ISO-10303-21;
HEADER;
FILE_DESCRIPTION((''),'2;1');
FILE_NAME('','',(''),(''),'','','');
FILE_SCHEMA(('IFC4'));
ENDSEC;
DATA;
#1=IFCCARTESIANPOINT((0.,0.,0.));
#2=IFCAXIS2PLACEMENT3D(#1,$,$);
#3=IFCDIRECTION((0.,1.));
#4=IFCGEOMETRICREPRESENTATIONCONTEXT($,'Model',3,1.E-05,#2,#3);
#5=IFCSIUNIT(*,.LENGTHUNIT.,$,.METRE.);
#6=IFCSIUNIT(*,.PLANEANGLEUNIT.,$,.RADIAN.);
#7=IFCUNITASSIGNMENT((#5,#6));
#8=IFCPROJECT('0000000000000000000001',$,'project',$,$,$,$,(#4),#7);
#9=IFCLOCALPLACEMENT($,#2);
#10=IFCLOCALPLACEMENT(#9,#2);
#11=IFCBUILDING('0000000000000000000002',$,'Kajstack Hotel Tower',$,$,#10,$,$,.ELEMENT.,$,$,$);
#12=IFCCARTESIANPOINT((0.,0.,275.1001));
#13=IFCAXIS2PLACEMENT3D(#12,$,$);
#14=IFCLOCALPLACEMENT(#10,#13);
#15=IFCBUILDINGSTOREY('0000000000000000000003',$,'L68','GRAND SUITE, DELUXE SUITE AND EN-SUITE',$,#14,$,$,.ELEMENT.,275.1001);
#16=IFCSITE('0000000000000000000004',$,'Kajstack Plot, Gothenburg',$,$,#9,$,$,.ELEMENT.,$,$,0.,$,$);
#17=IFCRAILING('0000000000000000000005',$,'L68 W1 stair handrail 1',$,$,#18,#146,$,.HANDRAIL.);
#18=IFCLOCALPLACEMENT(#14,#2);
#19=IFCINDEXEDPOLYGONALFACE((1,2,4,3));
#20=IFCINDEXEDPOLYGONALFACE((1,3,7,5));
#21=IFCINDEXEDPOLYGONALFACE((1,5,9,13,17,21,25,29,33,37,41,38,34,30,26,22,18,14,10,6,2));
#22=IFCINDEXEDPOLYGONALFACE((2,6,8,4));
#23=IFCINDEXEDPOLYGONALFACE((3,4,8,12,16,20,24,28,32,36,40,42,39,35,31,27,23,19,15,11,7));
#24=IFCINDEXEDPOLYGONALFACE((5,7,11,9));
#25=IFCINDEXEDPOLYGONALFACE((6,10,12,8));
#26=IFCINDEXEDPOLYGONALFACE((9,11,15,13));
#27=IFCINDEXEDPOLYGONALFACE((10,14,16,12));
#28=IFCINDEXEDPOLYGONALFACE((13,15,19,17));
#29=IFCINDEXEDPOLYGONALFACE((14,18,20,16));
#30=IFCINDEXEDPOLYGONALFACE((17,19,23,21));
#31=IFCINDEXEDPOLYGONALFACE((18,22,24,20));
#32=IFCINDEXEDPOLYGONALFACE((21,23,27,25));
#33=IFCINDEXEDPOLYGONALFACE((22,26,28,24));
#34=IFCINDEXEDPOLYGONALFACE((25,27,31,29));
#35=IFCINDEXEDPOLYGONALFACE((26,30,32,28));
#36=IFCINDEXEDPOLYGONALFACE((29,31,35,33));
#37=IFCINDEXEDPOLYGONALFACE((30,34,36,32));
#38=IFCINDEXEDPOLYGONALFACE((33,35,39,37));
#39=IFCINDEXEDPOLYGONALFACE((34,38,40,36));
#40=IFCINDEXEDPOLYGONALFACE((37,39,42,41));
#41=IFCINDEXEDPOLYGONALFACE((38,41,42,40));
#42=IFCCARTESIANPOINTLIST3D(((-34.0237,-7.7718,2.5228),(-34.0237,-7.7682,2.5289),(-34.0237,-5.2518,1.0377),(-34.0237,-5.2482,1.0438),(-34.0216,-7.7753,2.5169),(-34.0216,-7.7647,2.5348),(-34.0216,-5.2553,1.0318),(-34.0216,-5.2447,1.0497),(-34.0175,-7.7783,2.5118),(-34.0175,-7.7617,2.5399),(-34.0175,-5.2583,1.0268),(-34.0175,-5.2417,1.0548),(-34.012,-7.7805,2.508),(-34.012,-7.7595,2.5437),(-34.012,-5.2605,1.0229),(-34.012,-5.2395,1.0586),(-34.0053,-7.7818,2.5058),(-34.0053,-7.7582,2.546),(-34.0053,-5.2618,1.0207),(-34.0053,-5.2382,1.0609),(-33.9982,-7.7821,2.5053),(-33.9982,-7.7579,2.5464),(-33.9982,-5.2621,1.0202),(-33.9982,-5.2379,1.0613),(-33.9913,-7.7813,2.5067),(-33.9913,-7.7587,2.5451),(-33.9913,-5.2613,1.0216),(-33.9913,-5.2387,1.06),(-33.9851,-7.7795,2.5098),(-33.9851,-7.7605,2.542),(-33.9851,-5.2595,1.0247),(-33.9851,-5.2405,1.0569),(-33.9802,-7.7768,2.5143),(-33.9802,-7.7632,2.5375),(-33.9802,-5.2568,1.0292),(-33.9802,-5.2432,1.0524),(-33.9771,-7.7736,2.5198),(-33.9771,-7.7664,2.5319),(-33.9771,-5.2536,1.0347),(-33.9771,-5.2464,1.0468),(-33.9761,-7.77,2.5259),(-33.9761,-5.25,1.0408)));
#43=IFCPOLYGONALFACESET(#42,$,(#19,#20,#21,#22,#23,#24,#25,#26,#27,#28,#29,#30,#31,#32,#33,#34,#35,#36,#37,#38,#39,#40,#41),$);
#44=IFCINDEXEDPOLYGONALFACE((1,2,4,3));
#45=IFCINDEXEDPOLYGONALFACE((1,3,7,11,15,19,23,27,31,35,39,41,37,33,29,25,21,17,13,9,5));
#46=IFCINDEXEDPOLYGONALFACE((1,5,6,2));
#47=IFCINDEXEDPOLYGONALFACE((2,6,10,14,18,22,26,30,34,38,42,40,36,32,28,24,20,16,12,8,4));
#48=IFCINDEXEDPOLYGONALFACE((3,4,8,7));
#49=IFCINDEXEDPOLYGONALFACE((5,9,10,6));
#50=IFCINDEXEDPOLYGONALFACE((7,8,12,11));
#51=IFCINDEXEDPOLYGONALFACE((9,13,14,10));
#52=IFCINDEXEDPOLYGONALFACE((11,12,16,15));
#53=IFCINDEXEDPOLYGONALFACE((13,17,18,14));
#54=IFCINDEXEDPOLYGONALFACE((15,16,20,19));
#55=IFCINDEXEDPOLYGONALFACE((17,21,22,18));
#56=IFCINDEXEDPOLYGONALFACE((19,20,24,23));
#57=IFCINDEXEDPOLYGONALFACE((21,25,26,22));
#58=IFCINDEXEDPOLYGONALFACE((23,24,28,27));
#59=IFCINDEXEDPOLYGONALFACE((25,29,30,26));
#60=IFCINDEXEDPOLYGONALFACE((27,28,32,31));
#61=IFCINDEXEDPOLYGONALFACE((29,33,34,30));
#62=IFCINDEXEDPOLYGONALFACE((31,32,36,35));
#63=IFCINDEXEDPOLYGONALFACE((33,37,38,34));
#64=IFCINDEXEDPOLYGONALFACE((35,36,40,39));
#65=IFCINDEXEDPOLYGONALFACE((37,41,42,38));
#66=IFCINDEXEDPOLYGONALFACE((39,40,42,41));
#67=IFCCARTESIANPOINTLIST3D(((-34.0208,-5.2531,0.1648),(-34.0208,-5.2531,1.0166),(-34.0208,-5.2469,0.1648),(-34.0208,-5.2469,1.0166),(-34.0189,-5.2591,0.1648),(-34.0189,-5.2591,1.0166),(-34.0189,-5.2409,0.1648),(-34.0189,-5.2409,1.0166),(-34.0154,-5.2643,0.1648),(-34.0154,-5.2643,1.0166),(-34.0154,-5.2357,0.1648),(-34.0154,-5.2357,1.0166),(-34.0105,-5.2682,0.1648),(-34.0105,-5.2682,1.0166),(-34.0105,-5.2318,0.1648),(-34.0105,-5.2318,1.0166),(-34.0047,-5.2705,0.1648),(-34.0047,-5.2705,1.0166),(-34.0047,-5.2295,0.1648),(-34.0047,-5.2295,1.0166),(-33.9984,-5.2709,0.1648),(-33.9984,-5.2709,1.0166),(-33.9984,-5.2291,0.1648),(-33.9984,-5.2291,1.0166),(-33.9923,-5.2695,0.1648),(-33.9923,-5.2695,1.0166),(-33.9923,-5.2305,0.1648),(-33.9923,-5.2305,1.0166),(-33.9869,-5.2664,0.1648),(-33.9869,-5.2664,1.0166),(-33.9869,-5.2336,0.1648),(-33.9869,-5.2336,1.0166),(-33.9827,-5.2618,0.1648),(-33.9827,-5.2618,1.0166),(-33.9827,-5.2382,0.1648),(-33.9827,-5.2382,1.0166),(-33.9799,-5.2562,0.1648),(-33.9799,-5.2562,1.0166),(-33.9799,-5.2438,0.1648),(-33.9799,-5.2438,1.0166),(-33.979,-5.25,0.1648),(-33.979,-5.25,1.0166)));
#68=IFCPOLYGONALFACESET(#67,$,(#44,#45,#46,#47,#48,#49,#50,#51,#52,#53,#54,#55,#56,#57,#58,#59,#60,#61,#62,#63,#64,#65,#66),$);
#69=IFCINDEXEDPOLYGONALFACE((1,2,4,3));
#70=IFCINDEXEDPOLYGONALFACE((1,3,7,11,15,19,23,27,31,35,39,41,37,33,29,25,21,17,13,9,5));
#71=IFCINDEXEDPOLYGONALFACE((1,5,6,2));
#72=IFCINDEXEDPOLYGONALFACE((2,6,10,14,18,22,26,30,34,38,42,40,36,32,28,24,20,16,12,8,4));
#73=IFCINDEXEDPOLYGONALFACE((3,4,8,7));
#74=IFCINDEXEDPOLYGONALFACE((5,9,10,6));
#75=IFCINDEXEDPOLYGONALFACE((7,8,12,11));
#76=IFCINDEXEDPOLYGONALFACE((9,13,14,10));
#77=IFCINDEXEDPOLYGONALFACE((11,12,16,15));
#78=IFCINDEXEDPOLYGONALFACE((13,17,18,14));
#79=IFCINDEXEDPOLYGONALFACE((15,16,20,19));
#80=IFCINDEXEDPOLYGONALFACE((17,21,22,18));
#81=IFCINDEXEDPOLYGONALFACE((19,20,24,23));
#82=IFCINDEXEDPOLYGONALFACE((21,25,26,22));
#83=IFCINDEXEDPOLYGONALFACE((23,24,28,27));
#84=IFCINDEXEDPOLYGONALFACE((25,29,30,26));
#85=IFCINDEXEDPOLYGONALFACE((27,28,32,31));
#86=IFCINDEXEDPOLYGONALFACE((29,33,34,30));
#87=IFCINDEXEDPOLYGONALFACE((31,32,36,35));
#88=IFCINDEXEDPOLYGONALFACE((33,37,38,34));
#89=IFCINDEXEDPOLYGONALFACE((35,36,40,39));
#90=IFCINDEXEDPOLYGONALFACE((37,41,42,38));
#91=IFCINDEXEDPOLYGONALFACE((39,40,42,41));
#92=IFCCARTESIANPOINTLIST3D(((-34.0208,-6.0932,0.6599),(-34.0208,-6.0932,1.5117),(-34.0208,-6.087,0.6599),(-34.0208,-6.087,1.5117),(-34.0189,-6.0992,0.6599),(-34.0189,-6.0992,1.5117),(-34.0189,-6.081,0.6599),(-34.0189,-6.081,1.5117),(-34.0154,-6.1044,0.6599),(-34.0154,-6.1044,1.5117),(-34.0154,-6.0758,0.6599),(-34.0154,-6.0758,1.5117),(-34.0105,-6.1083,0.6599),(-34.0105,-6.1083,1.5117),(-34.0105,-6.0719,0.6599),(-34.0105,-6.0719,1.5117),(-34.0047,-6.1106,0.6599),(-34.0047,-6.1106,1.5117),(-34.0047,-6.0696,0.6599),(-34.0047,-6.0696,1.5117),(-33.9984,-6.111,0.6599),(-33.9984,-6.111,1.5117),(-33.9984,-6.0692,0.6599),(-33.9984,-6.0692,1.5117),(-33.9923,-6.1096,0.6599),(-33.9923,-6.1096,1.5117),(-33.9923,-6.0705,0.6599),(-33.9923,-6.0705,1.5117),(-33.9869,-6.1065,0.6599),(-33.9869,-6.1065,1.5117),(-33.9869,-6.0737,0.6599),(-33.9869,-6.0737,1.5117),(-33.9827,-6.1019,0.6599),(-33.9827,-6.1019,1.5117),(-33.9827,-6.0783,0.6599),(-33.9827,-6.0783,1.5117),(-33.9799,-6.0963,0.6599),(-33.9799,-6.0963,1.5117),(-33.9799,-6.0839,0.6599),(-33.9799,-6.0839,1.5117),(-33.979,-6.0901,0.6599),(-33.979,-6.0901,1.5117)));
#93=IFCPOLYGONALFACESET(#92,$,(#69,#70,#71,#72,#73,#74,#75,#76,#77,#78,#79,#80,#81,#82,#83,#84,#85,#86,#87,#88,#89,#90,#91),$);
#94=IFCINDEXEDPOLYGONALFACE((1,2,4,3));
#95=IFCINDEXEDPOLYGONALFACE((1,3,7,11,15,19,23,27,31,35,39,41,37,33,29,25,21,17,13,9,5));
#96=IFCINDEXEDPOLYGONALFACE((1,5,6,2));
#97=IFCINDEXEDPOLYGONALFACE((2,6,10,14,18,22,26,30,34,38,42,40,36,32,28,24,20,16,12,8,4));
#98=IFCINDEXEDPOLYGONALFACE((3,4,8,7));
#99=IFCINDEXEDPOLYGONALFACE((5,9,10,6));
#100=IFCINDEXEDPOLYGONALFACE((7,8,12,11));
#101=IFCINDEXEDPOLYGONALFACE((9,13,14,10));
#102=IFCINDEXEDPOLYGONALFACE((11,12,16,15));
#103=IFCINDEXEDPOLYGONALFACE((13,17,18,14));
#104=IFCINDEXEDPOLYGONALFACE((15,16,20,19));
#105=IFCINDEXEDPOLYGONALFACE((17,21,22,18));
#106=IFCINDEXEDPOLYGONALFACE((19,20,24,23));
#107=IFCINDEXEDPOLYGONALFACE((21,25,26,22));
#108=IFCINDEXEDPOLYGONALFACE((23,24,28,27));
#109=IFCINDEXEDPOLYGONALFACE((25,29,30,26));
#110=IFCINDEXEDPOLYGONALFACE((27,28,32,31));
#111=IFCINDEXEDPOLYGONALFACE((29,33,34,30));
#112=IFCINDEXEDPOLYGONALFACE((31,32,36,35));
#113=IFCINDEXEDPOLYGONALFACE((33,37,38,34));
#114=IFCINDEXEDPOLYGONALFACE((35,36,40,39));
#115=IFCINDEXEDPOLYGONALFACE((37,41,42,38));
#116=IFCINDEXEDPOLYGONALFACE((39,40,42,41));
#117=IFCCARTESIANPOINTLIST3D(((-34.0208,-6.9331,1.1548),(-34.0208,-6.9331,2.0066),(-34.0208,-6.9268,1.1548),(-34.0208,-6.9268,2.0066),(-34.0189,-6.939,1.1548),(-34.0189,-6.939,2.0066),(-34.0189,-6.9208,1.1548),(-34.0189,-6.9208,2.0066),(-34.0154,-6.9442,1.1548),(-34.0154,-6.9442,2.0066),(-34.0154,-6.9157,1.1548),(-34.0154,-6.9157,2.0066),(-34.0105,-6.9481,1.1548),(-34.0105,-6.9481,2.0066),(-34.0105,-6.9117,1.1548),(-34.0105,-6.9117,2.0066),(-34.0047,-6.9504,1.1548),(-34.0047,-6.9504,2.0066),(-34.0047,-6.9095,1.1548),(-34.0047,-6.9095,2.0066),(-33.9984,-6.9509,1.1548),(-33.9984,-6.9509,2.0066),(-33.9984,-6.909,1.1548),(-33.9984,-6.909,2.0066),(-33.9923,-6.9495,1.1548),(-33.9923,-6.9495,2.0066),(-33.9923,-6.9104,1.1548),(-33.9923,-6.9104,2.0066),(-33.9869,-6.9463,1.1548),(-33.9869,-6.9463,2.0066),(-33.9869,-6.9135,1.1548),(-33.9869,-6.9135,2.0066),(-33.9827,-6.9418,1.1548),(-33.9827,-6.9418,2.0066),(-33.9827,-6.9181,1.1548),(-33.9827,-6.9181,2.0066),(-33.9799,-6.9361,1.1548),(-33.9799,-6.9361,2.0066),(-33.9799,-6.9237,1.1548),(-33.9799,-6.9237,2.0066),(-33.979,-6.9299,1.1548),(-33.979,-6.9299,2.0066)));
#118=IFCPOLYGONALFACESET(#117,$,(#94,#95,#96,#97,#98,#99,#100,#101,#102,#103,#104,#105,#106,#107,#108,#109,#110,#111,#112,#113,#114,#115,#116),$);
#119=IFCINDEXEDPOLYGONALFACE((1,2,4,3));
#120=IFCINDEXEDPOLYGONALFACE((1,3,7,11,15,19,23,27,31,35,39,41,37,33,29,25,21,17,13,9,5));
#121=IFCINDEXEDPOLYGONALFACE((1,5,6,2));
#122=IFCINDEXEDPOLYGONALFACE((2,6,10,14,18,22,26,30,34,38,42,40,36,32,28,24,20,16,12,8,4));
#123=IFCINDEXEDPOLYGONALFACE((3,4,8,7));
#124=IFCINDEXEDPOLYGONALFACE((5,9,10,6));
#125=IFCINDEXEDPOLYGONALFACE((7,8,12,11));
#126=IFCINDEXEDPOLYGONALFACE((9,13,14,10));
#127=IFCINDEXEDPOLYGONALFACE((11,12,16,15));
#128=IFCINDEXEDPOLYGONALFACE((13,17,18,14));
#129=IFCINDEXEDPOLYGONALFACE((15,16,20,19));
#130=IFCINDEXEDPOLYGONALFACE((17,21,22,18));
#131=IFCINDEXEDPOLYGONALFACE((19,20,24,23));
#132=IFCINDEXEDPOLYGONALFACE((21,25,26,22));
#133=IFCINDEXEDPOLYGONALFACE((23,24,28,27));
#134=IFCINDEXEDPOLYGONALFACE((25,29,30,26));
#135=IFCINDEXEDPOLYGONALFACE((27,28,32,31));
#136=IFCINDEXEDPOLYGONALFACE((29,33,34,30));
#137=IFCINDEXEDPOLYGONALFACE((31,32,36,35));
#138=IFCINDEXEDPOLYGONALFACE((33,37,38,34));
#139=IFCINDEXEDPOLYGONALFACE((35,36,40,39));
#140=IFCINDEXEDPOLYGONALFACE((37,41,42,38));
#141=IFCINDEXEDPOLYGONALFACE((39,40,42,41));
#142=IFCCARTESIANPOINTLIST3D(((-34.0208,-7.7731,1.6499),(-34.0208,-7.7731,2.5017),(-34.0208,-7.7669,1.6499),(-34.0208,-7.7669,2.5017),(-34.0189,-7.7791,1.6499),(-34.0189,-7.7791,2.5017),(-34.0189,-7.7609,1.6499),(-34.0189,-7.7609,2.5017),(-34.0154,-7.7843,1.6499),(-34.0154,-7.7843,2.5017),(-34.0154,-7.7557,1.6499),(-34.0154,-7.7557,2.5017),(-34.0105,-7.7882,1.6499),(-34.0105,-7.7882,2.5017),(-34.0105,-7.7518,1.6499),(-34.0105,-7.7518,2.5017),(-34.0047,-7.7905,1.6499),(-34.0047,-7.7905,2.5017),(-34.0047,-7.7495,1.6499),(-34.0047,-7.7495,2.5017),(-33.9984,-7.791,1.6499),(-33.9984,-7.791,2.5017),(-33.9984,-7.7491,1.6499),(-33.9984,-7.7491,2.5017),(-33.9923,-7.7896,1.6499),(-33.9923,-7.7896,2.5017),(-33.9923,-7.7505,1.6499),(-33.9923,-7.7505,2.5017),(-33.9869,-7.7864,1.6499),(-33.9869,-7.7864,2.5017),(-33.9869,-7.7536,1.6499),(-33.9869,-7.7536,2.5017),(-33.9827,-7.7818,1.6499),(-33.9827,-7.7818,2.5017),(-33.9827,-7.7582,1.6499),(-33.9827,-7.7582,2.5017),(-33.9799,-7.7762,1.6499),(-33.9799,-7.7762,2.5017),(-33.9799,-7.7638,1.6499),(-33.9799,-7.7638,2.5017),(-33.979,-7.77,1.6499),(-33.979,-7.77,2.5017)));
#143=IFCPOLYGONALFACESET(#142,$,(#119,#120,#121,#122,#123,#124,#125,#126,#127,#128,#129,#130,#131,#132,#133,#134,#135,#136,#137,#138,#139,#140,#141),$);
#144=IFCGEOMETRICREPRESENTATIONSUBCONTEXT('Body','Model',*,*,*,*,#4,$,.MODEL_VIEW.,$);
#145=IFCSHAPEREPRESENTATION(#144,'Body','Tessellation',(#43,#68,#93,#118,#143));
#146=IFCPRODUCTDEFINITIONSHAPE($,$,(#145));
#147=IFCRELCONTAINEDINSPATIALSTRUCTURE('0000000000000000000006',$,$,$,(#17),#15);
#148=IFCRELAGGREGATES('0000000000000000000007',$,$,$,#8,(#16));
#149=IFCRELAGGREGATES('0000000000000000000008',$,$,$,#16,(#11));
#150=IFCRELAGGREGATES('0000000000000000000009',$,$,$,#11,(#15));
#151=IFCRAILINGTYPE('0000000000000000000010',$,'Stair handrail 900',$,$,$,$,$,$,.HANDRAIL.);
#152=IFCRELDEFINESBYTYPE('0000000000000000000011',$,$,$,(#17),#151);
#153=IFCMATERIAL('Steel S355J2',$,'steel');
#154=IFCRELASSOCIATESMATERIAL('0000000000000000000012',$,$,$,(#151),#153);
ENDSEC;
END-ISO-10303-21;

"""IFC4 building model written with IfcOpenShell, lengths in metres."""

from ifc_helpers import new_model, si_unit, direction, frame, origin, origin_2d, place, context, subcontext, project, spatial, circle, extrude, material, type_object, element, save


model = new_model("IFC4")

# Units and contexts
model_context = context("Model", 3, precision=1e-05, world=origin(), true_north=direction((0.0, 1.0)))
body_context = subcontext(model_context, "Body", "Model", "MODEL_VIEW")
ifc_project = project(units=[si_unit("LENGTHUNIT", "METRE"), si_unit("PLANEANGLEUNIT", "RADIAN")], contexts=[model_context])

# Site, building, storey
site_placement = place(None, origin())
site = spatial("IfcSite", under=ifc_project, at=site_placement, Name="Kajstack Plot, Gothenburg", CompositionType="ELEMENT", RefElevation=0.0)
building_placement = place(site_placement, origin())
building = spatial("IfcBuilding", under=site, at=building_placement, Name="Kajstack Hotel Tower", CompositionType="ELEMENT")
storey_placement = place(building_placement, frame((0.0, 0.0, 275.1001)))
storey = spatial("IfcBuildingStorey", under=building, at=storey_placement, Name="L68", Description="GRAND SUITE, DELUXE SUITE AND EN-SUITE", CompositionType="ELEMENT", Elevation=275.1001)

# Railing
ifc_material_1 = material(Name="Steel S355J2", Category="steel")
railing_type_1 = type_object("IfcRailingType", Name="Stair handrail 900", PredefinedType="HANDRAIL", material=ifc_material_1)
railing_1_placement = place(storey_placement, frame((-34.0, -5.25, 0.1648)))
element("IfcRailing", 1, at=railing_1_placement, inside=storey, type_object=railing_type_1, Name="L68 W1 stair handrail 1", PredefinedType="HANDRAIL", context=body_context, shape_type="SweptSolid", body=[
    extrude(circle(Radius=0.0239, at=origin_2d()), frame((0.0, 0.0, 0.876), z_axis=(0.0, -0.861524, 0.507717), x_axis=(1.0, 0.0, 0.0)), (0.0, 0.0, 1.0), 2.925),
    extrude(circle(Radius=0.021, at=origin_2d()), origin(), (0.0, 0.0, 1.0), 0.8518),
    extrude(circle(Radius=0.021, at=origin_2d()), frame((0.0, -0.8401, 0.4951)), (0.0, 0.0, 1.0), 0.8518),
    extrude(circle(Radius=0.021, at=origin_2d()), frame((0.0, -1.6799, 0.99)), (0.0, 0.0, 1.0), 0.8518),
    extrude(circle(Radius=0.021, at=origin_2d()), frame((0.0, -2.52, 1.4851)), (0.0, 0.0, 1.0), 0.8518),
])

save(model, "model.ifc")
